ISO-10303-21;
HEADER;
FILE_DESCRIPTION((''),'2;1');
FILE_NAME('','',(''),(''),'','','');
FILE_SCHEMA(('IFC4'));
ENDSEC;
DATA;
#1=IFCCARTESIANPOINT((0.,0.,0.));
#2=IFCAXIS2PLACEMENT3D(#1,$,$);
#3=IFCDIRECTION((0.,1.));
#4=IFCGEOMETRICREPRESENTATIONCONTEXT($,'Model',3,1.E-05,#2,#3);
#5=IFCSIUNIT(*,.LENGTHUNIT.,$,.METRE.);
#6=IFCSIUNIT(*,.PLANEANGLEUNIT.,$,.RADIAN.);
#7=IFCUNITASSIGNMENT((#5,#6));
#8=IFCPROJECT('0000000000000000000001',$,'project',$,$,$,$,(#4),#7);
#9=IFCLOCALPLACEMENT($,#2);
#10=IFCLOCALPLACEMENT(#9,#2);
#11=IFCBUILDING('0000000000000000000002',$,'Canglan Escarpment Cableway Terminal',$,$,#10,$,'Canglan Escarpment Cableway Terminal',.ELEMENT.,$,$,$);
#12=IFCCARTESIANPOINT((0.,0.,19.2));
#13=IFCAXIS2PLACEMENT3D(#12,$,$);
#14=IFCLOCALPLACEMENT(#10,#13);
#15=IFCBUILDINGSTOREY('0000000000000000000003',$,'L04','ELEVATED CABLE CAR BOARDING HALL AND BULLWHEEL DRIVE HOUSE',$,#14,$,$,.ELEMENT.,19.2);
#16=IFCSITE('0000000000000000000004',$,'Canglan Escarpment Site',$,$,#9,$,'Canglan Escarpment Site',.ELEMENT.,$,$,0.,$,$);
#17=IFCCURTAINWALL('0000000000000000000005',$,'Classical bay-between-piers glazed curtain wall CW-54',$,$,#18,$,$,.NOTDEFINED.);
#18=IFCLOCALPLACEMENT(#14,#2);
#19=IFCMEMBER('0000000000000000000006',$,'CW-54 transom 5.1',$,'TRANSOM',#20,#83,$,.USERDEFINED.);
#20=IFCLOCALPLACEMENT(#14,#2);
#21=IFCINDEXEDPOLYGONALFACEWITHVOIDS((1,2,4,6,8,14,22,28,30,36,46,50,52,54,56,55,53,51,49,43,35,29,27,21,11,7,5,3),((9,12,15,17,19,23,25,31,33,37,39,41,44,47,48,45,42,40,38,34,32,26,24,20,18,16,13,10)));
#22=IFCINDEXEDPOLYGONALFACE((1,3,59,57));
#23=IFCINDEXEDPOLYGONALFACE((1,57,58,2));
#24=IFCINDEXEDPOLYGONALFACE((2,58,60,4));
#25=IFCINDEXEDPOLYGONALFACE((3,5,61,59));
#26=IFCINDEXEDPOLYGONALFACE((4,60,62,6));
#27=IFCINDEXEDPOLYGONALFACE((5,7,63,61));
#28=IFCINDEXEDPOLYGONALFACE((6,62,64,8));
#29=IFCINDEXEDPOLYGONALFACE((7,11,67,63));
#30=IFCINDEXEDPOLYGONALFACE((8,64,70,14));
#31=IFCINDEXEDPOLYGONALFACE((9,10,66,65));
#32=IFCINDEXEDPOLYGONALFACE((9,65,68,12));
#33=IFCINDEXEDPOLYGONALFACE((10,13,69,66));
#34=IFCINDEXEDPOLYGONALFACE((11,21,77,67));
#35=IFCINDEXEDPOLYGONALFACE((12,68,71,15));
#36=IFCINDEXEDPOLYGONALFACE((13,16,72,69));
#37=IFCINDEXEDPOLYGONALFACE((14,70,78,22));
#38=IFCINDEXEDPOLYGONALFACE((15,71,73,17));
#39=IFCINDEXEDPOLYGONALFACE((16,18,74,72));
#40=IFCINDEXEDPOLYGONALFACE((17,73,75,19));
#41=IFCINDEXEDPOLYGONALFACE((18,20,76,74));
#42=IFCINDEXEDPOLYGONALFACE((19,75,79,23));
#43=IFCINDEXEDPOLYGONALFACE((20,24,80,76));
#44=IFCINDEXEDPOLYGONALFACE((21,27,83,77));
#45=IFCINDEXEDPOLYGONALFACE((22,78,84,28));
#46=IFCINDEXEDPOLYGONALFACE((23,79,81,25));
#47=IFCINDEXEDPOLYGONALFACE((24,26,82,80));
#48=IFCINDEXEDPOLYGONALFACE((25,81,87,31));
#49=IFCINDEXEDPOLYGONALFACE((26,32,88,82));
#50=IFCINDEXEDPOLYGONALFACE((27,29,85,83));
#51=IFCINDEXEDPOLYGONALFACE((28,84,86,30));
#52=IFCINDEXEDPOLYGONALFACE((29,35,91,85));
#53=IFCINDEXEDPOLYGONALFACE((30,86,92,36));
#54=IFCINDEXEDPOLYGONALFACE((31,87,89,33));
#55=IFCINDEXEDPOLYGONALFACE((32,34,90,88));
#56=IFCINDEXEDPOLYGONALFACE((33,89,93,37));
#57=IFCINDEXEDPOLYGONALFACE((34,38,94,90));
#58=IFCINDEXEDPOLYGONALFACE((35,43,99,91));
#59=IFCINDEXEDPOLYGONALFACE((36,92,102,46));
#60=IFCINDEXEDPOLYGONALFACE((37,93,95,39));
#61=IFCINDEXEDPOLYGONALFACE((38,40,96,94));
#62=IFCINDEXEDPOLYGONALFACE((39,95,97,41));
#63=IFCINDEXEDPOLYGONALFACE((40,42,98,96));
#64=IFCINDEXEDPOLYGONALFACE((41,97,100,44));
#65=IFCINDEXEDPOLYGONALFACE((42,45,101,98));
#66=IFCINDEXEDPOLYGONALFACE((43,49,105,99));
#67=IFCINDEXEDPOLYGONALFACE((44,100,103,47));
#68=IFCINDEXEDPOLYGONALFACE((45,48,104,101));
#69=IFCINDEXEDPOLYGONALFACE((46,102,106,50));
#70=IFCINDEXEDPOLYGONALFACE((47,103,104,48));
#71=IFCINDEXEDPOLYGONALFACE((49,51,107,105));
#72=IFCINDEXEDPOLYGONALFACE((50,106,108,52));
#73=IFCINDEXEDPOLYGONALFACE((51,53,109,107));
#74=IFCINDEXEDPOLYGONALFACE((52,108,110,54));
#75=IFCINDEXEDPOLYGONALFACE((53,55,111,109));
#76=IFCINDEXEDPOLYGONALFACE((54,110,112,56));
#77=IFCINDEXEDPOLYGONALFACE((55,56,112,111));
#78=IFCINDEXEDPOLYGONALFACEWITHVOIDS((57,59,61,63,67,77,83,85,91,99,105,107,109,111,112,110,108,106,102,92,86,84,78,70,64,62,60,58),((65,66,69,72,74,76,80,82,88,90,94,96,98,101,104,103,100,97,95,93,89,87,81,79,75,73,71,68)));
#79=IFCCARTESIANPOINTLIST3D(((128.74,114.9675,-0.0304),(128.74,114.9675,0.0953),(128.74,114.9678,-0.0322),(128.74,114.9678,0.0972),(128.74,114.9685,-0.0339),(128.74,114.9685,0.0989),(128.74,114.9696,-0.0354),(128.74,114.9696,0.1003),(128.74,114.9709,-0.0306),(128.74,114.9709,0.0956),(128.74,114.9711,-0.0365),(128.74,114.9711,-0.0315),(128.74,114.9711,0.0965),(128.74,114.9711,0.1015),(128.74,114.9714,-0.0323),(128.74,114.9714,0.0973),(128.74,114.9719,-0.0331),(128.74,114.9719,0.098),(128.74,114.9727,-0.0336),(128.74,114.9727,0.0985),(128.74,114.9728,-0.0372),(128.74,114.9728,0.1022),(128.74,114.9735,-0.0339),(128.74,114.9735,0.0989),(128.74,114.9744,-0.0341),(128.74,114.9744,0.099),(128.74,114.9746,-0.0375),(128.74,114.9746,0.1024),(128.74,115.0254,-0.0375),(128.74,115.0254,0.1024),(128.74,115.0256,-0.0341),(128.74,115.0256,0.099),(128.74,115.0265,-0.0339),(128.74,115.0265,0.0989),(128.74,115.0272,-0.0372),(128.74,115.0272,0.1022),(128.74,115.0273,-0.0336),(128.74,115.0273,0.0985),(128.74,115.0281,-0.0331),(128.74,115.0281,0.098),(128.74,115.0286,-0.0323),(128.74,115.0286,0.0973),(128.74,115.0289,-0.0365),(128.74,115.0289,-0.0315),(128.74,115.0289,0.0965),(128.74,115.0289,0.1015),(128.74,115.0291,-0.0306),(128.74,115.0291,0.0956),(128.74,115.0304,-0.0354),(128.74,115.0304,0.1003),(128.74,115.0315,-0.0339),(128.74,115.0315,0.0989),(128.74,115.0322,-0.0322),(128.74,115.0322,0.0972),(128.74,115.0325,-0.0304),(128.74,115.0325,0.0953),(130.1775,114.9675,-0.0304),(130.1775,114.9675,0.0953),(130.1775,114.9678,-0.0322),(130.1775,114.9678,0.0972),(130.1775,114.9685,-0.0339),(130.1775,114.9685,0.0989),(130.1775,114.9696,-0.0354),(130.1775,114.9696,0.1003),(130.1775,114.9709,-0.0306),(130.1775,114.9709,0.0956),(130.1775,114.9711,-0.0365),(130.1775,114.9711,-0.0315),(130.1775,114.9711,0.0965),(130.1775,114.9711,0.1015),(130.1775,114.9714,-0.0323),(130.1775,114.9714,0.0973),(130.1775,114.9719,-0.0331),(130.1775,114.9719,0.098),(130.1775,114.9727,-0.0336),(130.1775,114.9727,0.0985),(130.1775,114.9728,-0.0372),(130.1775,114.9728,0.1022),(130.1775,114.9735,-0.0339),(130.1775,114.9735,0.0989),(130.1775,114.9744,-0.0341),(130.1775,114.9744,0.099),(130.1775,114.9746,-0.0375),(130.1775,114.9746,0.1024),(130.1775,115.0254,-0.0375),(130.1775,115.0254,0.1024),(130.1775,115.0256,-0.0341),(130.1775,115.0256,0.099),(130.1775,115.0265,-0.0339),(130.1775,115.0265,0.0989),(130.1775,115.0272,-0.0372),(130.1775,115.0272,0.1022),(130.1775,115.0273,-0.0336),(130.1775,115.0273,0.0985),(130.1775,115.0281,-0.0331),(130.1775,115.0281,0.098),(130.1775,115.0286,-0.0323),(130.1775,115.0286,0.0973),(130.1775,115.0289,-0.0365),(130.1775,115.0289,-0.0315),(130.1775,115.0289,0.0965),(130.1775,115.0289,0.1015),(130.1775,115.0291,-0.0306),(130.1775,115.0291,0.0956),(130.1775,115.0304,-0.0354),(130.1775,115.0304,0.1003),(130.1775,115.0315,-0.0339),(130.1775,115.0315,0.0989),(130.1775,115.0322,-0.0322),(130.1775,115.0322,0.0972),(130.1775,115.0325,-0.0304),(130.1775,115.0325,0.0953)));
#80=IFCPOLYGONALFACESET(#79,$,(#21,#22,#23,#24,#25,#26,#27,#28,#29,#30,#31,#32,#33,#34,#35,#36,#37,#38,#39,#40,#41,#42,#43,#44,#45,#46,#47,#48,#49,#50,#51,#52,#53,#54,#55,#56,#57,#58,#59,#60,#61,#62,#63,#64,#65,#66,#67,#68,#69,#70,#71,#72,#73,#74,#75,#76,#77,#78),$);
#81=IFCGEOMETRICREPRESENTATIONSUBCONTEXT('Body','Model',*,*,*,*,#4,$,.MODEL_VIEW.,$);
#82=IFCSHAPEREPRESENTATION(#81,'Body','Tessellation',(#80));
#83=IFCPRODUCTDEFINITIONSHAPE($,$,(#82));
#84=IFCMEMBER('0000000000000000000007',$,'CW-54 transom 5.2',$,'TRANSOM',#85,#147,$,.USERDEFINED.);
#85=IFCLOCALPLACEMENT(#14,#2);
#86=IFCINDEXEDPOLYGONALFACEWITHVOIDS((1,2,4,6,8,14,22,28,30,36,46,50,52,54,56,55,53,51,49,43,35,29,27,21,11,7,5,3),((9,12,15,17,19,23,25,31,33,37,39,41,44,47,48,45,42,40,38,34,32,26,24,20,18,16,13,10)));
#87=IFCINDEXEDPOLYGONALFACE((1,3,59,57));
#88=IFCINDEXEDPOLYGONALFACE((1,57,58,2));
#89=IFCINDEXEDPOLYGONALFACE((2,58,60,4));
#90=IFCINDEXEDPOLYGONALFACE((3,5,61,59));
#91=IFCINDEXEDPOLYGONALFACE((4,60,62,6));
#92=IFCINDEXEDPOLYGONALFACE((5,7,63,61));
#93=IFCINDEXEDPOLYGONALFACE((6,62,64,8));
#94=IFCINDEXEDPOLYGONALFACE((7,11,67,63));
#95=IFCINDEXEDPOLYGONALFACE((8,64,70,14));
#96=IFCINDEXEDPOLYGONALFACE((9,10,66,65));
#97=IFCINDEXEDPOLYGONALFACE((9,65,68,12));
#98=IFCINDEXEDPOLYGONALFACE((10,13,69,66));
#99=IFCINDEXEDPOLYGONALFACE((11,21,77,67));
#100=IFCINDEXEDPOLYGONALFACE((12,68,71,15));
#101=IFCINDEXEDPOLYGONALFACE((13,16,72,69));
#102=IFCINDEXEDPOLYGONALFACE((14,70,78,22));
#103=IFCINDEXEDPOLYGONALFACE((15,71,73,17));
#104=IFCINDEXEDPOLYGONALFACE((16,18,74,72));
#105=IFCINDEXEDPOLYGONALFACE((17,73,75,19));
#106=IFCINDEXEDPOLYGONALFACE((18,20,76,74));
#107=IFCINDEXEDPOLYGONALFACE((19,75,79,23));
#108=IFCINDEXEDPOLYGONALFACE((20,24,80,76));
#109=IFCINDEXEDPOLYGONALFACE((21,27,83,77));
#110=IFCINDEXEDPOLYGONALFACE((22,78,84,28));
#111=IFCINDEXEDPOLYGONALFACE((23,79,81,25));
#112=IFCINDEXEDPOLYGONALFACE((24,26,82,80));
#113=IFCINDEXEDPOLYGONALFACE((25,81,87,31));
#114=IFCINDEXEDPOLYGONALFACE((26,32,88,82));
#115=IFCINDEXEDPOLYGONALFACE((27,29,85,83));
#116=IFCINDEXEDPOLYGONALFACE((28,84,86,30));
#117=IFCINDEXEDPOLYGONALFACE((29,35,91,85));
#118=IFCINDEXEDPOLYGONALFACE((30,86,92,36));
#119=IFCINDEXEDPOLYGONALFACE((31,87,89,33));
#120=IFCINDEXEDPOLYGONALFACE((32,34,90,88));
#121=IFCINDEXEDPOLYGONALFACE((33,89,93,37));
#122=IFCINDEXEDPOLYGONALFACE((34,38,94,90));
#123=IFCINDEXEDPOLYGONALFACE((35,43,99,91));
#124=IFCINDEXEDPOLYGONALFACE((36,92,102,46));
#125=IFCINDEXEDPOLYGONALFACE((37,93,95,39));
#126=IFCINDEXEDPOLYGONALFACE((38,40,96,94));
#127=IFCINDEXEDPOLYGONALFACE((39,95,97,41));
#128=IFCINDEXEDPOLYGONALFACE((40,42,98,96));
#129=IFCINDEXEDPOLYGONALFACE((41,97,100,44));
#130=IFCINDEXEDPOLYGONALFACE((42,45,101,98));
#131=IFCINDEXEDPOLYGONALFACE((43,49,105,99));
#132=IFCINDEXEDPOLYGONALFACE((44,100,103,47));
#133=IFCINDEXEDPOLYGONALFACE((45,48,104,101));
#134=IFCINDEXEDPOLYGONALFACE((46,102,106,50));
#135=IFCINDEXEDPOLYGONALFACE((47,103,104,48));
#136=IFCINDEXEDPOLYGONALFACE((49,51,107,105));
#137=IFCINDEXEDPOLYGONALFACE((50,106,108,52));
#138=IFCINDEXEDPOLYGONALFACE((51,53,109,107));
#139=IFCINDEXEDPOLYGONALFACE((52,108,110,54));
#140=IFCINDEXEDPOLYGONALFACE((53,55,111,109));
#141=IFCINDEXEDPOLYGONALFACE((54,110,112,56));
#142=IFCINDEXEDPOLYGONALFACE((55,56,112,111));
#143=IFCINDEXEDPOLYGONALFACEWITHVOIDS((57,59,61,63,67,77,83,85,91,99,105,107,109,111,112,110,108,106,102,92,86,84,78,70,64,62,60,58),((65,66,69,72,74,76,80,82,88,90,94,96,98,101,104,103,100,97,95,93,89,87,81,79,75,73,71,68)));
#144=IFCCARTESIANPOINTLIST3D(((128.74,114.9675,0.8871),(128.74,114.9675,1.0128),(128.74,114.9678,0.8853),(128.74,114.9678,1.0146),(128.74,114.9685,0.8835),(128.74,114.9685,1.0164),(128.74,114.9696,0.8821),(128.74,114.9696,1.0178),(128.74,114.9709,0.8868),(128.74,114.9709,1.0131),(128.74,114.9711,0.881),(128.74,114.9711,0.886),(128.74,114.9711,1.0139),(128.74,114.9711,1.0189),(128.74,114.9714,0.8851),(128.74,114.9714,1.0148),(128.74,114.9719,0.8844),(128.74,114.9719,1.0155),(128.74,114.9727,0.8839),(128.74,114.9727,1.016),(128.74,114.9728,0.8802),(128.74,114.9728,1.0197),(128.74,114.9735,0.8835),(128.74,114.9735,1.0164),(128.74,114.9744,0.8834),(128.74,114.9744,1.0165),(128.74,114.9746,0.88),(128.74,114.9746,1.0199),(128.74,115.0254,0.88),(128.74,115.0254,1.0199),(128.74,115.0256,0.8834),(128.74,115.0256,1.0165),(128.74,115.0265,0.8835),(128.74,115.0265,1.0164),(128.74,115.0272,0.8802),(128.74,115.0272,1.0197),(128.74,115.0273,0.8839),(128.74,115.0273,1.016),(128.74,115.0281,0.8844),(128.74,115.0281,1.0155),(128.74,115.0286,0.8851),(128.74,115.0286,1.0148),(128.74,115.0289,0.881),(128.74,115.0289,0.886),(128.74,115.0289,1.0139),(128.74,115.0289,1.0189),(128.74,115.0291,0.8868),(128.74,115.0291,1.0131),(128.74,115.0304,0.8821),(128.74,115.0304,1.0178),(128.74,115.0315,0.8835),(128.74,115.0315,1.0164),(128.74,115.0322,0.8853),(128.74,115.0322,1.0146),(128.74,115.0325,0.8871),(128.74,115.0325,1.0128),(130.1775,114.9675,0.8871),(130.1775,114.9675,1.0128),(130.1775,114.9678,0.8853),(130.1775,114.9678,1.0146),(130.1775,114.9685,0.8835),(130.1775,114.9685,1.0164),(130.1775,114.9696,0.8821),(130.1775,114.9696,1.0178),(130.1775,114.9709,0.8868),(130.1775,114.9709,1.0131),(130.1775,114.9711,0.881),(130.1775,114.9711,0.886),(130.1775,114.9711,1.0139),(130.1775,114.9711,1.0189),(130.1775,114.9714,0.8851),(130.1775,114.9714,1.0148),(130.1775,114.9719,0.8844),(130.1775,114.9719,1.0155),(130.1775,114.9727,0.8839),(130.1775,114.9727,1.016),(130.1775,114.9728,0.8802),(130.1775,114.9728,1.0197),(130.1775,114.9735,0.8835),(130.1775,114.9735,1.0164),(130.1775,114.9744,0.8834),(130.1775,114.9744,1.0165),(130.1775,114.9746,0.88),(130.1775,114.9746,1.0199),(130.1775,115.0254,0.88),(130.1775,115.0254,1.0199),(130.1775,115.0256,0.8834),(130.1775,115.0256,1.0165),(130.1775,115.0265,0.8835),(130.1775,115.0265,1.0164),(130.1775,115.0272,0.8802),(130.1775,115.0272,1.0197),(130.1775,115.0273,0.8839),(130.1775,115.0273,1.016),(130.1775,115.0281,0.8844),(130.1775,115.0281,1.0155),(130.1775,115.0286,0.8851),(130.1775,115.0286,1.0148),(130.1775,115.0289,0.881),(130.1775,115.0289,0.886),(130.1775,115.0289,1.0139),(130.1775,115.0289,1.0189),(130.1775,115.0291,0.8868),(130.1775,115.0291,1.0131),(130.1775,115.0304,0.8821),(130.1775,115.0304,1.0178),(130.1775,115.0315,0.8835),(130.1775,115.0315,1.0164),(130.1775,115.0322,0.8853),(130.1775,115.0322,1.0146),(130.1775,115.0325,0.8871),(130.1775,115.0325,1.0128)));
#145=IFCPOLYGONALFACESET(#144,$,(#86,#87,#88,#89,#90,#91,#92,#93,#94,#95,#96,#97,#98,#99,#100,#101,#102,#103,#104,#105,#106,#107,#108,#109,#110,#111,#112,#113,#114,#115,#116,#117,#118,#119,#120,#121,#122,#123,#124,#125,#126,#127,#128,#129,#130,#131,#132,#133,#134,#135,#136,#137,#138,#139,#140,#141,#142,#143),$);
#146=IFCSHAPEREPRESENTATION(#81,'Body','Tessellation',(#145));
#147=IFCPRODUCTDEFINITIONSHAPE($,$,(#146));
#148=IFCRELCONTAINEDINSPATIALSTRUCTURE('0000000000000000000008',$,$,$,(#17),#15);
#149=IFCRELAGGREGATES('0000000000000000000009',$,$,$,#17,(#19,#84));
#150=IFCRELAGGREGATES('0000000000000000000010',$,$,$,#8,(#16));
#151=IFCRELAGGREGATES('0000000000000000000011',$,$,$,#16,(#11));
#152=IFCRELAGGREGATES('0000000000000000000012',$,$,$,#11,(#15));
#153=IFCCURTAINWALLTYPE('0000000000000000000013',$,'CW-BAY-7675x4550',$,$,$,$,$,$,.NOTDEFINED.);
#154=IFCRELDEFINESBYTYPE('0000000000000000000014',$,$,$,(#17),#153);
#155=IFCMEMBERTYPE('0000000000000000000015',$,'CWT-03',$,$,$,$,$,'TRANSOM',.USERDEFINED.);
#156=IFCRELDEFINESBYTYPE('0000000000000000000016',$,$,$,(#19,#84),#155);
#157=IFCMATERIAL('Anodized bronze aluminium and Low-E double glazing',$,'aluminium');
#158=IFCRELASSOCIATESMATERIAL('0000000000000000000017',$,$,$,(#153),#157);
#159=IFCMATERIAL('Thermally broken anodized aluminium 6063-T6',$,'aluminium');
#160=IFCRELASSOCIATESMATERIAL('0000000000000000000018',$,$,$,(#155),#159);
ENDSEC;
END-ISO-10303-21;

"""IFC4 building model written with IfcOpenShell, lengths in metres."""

from ifc_helpers import new_model, si_unit, direction, frame, origin, origin_2d, place, context, subcontext, project, spatial, hollow_rectangle, extrude, material, material_profile, profile_set, type_object, element, aggregate, save


model = new_model("IFC4")

# Units and contexts
model_context = context("Model", 3, precision=1e-05, world=origin(), true_north=direction((0.0, 1.0)))
body_context = subcontext(model_context, "Body", "Model", "MODEL_VIEW")
ifc_project = project(units=[si_unit("LENGTHUNIT", "METRE"), si_unit("PLANEANGLEUNIT", "RADIAN")], contexts=[model_context])

# Site, building, storey
site_placement = place(None, origin())
site = spatial("IfcSite", under=ifc_project, at=site_placement, Name="Canglan Escarpment Site", LongName="Canglan Escarpment Site", CompositionType="ELEMENT", RefElevation=0.0)
building_placement = place(site_placement, origin())
building = spatial("IfcBuilding", under=site, at=building_placement, Name="Canglan Escarpment Cableway Terminal", LongName="Canglan Escarpment Cableway Terminal", CompositionType="ELEMENT")
storey_placement = place(building_placement, frame((0.0, 0.0, 19.2)))
storey = spatial("IfcBuildingStorey", under=building, at=storey_placement, Name="L04", Description="ELEVATED CABLE CAR BOARDING HALL AND BULLWHEEL DRIVE HOUSE", CompositionType="ELEMENT", Elevation=19.2)

# Curtain wall
ifc_material_1 = material(Name="Anodized bronze aluminium and Low-E double glazing", Category="aluminium")
ifc_material_2 = material(Name="Thermally broken anodized aluminium 6063-T6", Category="aluminium")
curtain_wall_type_1 = type_object("IfcCurtainWallType", Name="CW-BAY-7675x4550", PredefinedType="NOTDEFINED", material=ifc_material_1)
curtain_wall_1_placement = place(storey_placement, origin())
curtain_wall_1 = element("IfcCurtainWall", 1, at=curtain_wall_1_placement, inside=storey, type_object=curtain_wall_type_1, Name="Classical bay-between-piers glazed curtain wall CW-54", PredefinedType="NOTDEFINED")

# Members
ifc_material_profile_1 = material_profile(ifc_material_2, hollow_rectangle(XDim=0.0649, YDim=0.1399, WallThickness=0.0034, InnerFilletRadius=0.0034, OuterFilletRadius=0.0071, at=origin_2d()), Name="ALU-TRAN 65x140x3.5")
ifc_profile_set_1 = profile_set([ifc_material_profile_1], Name="Thermally broken anodized aluminium 6063-T6")
member_type_1 = type_object("IfcMemberType", Name="CWT-03", ElementType="TRANSOM", PredefinedType="USERDEFINED", material=ifc_profile_set_1)
member_1_placement = place(storey_placement, frame((130.1775, 115.0, 0.0325), z_axis=(-1.0, 0.0, 0.0), x_axis=(0.0, -1.0, 0.0)))
member_1 = element("IfcMember", 2, at=member_1_placement, type_object=member_type_1, Name="CW-54 transom 5.1", ObjectType="TRANSOM", PredefinedType="USERDEFINED", context=body_context, shape_type="SweptSolid", body=[
    extrude(hollow_rectangle(XDim=0.0649, YDim=0.1399, WallThickness=0.0034, InnerFilletRadius=0.0034, OuterFilletRadius=0.0071, at=origin_2d()), origin(), (0.0, 0.0, 1.0), 1.4375),
])
member_2_placement = place(storey_placement, frame((130.1775, 115.0, 0.95), z_axis=(-1.0, 0.0, 0.0), x_axis=(0.0, -1.0, 0.0)))
member_2 = element("IfcMember", 3, at=member_2_placement, type_object=member_type_1, Name="CW-54 transom 5.2", ObjectType="TRANSOM", PredefinedType="USERDEFINED", context=body_context, shape_type="SweptSolid", body=[
    extrude(hollow_rectangle(XDim=0.0649, YDim=0.1399, WallThickness=0.0034, InnerFilletRadius=0.0034, OuterFilletRadius=0.0071, at=origin_2d()), origin(), (0.0, 0.0, 1.0), 1.4375),
])

aggregate(curtain_wall_1, [member_1, member_2])

save(model, "model.ifc")
